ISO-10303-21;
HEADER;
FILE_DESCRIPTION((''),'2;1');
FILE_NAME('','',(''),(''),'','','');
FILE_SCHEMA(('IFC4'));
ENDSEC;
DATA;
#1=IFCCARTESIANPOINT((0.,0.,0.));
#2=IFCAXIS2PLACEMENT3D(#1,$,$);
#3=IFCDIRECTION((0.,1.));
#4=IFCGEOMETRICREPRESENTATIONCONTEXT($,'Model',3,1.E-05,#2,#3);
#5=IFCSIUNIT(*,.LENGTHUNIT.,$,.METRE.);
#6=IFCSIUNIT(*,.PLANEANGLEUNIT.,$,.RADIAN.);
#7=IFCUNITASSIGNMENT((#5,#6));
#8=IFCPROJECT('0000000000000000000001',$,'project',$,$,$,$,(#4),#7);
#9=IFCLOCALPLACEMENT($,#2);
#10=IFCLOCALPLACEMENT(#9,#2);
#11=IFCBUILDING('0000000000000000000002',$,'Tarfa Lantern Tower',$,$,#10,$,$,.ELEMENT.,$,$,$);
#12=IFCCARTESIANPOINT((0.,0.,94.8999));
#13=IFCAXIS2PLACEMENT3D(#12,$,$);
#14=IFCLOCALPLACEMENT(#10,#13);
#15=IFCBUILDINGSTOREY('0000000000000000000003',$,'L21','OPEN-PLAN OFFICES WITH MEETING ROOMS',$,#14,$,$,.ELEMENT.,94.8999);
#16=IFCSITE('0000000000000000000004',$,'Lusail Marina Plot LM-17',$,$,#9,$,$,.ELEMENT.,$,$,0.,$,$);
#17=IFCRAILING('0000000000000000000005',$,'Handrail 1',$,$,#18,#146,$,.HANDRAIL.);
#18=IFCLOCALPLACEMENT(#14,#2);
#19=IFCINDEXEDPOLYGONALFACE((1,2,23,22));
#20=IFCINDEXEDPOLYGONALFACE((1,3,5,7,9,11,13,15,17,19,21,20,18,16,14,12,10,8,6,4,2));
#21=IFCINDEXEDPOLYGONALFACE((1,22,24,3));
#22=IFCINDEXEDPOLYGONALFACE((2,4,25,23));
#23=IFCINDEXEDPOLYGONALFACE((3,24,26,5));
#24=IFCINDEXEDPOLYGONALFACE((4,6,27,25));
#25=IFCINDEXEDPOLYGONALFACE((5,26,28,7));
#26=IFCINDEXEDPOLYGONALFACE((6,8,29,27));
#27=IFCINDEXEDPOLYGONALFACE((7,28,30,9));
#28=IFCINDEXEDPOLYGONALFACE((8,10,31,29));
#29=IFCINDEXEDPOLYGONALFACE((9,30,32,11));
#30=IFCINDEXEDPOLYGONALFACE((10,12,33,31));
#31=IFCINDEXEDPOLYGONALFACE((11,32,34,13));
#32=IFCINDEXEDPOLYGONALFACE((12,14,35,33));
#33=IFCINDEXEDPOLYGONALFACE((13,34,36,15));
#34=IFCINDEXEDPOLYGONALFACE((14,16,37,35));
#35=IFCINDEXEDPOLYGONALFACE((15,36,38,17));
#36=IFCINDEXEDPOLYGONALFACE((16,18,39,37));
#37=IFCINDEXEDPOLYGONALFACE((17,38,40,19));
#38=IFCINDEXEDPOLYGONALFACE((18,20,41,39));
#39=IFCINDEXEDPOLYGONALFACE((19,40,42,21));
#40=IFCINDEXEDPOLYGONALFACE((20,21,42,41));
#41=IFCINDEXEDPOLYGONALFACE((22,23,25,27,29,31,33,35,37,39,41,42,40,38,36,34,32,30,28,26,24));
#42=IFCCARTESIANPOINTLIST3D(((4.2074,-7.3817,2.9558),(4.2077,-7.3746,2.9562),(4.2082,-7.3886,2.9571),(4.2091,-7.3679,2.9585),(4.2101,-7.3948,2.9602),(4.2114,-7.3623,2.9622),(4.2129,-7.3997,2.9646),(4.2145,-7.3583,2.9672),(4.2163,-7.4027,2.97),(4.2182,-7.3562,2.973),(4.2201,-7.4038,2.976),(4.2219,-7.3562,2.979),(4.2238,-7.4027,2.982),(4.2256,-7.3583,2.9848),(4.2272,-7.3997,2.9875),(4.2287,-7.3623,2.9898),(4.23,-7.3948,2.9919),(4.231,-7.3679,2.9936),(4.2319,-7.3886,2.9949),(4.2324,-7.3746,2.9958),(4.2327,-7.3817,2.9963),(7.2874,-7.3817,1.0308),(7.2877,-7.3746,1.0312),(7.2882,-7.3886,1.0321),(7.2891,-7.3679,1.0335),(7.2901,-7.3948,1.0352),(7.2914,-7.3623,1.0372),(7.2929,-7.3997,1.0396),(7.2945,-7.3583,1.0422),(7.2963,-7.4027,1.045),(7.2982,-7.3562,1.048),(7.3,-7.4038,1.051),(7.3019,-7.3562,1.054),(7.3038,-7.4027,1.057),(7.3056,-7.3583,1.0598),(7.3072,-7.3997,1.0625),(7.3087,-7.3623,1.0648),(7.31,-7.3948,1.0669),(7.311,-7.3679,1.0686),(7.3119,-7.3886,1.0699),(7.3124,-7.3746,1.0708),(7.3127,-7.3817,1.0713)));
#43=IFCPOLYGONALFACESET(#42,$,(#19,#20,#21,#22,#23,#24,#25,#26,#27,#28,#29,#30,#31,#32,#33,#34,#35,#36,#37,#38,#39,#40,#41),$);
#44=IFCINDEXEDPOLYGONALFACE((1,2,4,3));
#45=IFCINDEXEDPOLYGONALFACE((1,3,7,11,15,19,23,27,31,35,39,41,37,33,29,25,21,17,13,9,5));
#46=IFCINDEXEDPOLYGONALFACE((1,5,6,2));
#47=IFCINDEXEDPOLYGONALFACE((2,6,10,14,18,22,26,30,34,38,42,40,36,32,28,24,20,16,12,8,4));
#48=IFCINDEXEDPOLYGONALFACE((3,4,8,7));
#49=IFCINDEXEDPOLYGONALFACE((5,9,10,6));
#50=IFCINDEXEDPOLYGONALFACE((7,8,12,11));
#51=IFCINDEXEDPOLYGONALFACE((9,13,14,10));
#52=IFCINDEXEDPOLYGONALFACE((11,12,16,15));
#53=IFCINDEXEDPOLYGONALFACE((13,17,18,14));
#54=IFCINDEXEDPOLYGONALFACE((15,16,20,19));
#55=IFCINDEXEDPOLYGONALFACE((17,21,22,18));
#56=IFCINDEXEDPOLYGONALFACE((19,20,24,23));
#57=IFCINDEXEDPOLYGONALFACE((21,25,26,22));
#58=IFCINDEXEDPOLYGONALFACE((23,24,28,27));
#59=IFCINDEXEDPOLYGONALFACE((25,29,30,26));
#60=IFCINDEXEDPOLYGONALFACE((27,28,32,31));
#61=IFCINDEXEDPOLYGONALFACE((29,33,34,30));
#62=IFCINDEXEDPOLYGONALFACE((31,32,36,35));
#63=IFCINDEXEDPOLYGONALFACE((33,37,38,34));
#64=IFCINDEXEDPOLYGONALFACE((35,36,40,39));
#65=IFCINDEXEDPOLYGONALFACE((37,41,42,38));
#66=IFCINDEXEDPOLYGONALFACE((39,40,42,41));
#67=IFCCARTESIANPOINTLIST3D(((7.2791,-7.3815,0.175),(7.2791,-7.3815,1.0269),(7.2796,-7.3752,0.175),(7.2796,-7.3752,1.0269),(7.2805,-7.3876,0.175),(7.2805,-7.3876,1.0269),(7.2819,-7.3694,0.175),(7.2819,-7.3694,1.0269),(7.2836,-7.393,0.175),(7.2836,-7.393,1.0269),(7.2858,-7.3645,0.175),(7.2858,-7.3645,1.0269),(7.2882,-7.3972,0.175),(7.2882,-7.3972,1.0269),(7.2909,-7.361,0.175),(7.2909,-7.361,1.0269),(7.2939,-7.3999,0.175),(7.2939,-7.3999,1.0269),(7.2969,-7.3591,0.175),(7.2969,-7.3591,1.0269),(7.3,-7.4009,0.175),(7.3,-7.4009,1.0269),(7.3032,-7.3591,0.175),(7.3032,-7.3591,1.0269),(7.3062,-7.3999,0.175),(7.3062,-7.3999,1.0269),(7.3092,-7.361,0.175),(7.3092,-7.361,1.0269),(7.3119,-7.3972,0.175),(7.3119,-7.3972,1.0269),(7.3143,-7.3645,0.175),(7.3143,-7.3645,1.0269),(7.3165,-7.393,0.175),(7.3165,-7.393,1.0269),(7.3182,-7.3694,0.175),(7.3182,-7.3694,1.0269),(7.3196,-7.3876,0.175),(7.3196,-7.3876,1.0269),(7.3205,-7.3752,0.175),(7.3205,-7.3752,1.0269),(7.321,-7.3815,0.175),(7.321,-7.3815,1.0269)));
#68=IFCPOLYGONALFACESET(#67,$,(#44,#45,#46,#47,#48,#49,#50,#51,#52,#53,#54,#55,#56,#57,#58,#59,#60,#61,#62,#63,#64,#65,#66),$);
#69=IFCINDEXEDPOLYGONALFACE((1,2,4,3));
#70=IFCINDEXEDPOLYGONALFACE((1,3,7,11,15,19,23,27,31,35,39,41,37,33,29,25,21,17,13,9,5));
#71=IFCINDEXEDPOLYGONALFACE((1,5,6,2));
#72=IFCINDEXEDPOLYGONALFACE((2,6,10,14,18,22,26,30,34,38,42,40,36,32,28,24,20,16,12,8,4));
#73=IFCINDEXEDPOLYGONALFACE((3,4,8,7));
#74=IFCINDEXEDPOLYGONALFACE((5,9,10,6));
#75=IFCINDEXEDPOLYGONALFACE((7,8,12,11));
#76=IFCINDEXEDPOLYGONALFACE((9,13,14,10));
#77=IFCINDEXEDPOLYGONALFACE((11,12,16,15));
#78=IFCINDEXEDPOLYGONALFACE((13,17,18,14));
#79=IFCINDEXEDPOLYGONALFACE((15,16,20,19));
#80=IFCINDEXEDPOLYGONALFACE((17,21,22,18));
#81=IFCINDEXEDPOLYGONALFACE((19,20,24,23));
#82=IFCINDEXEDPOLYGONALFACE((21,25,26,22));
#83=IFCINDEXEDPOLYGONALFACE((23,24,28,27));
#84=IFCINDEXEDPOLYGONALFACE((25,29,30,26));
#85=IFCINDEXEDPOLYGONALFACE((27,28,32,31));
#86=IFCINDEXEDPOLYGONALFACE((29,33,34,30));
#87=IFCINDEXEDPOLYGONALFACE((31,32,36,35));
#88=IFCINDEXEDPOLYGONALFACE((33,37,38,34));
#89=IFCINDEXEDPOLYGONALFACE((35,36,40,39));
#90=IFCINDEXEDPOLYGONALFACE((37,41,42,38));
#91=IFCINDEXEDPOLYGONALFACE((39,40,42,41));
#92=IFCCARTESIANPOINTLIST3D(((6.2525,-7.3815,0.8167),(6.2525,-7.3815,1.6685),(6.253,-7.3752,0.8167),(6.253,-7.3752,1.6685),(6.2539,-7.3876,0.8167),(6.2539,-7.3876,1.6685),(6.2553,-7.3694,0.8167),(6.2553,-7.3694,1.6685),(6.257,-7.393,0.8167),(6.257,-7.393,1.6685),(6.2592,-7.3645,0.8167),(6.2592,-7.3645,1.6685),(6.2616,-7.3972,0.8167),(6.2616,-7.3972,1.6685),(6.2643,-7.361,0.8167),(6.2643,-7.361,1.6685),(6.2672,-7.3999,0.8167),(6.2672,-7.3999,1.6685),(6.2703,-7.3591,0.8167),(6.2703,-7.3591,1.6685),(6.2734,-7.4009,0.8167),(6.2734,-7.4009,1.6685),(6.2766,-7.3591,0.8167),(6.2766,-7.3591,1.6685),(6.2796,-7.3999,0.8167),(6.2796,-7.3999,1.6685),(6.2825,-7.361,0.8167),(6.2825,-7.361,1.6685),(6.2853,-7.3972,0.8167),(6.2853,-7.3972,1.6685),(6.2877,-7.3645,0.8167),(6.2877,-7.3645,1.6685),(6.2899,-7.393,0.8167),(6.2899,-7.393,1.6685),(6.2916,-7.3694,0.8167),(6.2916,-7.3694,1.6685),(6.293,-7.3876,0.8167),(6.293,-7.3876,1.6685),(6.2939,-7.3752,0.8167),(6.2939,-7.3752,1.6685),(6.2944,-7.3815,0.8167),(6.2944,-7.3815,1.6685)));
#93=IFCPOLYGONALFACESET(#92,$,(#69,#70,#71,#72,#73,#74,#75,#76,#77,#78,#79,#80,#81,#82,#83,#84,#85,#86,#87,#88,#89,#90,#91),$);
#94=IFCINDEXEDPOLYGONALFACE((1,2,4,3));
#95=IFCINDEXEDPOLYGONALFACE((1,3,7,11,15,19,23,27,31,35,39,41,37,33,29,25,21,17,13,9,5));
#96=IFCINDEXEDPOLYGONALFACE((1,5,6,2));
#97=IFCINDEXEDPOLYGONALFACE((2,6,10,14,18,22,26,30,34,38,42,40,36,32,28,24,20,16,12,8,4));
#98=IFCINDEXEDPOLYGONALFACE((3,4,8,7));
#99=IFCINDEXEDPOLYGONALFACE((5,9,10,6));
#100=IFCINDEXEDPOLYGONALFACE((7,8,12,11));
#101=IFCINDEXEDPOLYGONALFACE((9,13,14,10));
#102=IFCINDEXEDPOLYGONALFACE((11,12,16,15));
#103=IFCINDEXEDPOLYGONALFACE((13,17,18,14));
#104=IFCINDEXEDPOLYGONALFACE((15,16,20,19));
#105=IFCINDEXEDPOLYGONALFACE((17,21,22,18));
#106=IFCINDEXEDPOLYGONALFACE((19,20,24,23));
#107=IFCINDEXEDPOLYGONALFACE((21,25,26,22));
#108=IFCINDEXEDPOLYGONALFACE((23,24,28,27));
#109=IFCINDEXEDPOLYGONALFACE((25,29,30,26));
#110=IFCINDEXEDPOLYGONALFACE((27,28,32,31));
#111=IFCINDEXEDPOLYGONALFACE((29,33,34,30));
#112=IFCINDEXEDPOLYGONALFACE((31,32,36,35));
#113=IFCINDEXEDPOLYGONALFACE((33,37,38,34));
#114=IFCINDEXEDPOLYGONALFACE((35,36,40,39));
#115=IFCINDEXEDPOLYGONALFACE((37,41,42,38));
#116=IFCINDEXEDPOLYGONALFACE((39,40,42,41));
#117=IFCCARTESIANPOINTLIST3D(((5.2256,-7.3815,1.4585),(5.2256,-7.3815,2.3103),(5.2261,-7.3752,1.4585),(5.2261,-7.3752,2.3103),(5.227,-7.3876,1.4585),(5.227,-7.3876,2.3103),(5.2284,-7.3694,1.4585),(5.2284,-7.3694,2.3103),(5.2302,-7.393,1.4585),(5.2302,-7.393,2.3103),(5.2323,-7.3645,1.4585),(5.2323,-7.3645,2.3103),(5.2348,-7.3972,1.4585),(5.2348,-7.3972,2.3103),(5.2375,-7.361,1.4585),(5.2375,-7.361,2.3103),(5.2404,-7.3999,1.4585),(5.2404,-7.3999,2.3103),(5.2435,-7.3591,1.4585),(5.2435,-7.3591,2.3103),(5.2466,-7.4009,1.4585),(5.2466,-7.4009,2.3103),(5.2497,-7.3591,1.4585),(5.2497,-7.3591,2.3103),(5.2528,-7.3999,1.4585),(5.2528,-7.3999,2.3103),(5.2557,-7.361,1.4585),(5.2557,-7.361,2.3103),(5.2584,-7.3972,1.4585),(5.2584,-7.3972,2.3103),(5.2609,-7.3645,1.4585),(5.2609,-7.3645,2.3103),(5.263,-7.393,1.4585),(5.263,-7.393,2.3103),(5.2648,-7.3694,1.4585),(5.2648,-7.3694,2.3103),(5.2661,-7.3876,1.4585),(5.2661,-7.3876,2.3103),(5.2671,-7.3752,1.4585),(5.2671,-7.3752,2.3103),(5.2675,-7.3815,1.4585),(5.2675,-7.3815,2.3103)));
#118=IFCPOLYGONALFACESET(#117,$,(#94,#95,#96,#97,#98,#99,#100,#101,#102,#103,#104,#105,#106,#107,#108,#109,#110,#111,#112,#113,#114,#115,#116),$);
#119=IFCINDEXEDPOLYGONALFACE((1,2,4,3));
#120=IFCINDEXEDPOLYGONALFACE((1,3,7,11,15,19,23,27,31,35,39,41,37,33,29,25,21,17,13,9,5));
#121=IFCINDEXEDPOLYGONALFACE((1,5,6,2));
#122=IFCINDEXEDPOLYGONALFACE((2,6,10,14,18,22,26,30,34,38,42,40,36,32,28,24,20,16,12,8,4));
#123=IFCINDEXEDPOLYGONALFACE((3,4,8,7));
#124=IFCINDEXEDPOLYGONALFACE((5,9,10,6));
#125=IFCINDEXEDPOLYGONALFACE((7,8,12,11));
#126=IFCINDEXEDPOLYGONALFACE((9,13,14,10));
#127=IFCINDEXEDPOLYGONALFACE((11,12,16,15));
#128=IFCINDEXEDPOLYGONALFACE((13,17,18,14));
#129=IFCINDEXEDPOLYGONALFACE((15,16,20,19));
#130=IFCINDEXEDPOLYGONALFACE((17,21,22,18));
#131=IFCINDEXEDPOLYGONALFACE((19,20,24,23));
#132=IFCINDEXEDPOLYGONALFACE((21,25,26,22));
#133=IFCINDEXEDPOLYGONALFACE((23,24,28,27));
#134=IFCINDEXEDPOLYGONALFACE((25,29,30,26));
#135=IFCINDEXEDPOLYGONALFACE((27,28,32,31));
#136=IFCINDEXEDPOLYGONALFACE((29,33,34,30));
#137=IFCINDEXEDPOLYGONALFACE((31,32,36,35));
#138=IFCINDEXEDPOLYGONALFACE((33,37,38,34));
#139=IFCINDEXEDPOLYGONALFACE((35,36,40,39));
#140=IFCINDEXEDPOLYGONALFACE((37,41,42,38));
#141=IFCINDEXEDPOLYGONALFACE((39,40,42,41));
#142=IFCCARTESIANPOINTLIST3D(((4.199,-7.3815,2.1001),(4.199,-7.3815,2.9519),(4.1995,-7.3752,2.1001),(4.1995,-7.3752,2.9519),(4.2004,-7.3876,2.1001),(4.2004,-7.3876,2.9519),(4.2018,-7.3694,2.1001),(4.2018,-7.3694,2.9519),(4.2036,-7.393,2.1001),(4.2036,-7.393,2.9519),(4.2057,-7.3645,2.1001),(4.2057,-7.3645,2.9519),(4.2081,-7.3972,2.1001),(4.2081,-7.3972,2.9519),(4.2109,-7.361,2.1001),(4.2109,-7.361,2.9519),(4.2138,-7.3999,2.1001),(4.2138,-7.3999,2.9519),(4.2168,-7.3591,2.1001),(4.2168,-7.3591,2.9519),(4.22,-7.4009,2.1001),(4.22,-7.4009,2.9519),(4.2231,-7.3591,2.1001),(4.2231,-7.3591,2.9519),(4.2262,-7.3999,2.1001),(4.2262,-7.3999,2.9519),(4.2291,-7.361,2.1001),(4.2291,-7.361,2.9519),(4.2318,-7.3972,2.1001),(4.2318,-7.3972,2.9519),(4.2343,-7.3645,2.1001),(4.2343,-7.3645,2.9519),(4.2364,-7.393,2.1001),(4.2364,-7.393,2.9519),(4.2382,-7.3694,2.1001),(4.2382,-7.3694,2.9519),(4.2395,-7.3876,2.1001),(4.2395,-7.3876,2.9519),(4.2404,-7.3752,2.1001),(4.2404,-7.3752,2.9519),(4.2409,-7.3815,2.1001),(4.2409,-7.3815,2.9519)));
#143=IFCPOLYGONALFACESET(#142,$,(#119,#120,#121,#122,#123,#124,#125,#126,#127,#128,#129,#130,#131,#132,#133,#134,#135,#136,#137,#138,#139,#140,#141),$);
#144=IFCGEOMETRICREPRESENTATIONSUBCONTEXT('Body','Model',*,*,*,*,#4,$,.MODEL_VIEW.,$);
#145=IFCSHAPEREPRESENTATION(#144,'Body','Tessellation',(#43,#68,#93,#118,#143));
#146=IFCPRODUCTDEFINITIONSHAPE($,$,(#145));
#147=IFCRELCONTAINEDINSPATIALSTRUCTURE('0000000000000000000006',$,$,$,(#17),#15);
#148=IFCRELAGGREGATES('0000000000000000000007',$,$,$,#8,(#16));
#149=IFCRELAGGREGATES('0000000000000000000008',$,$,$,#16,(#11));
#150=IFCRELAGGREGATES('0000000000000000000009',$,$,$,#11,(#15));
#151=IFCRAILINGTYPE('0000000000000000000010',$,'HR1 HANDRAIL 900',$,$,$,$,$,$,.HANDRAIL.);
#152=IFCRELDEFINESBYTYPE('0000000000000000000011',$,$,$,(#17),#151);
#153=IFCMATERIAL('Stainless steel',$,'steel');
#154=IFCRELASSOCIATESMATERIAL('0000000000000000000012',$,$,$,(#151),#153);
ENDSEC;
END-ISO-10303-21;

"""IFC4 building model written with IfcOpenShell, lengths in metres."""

from ifc_helpers import new_model, si_unit, direction, frame, origin, origin_2d, place, context, subcontext, project, spatial, circle, extrude, material, type_object, element, save


model = new_model("IFC4")

# Units and contexts
model_context = context("Model", 3, precision=1e-05, world=origin(), true_north=direction((0.0, 1.0)))
body_context = subcontext(model_context, "Body", "Model", "MODEL_VIEW")
ifc_project = project(units=[si_unit("LENGTHUNIT", "METRE"), si_unit("PLANEANGLEUNIT", "RADIAN")], contexts=[model_context])

# Site, building, storey
site_placement = place(None, origin())
site = spatial("IfcSite", under=ifc_project, at=site_placement, Name="Lusail Marina Plot LM-17", CompositionType="ELEMENT", RefElevation=0.0)
building_placement = place(site_placement, origin())
building = spatial("IfcBuilding", under=site, at=building_placement, Name="Tarfa Lantern Tower", CompositionType="ELEMENT")
storey_placement = place(building_placement, frame((0.0, 0.0, 94.8999)))
storey = spatial("IfcBuildingStorey", under=building, at=storey_placement, Name="L21", Description="OPEN-PLAN OFFICES WITH MEETING ROOMS", CompositionType="ELEMENT", Elevation=94.8999)

# Railing
ifc_material_1 = material(Name="Stainless steel", Category="steel")
railing_type = type_object("IfcRailingType", Name="HR1 HANDRAIL 900", PredefinedType="HANDRAIL", material=ifc_material_1)
railing_1_placement = place(storey_placement, frame((7.3, -7.3799, 0.175)))
element("IfcRailing", 1, at=railing_1_placement, inside=storey, type_object=railing_type, Name="Handrail 1", PredefinedType="HANDRAIL", context=body_context, shape_type="SweptSolid", body=[
    extrude(circle(Radius=0.0239, at=origin_2d()), frame((0.0, 0.0, 0.876), z_axis=(-0.847998, 0.0, 0.529999), x_axis=(0.0, -1.0, 0.0)), (0.0, 0.0, 1.0), 3.6321),
    extrude(circle(Radius=0.021, at=origin_2d()), frame((0.0, 0.0, 0.0), z_axis=(0.0, 0.0, 1.0), x_axis=(0.0, -1.0, 0.0)), (0.0, 0.0, 1.0), 0.8518),
    extrude(circle(Radius=0.021, at=origin_2d()), frame((-1.0266, 0.0, 0.6416), z_axis=(0.0, 0.0, 1.0), x_axis=(0.0, -1.0, 0.0)), (0.0, 0.0, 1.0), 0.8518),
    extrude(circle(Radius=0.021, at=origin_2d()), frame((-2.0535, 0.0, 1.2834), z_axis=(0.0, 0.0, 1.0), x_axis=(0.0, -1.0, 0.0)), (0.0, 0.0, 1.0), 0.8518),
    extrude(circle(Radius=0.021, at=origin_2d()), frame((-3.0801, 0.0, 1.925), z_axis=(0.0, 0.0, 1.0), x_axis=(0.0, -1.0, 0.0)), (0.0, 0.0, 1.0), 0.8518),
])

save(model, "model.ifc")
